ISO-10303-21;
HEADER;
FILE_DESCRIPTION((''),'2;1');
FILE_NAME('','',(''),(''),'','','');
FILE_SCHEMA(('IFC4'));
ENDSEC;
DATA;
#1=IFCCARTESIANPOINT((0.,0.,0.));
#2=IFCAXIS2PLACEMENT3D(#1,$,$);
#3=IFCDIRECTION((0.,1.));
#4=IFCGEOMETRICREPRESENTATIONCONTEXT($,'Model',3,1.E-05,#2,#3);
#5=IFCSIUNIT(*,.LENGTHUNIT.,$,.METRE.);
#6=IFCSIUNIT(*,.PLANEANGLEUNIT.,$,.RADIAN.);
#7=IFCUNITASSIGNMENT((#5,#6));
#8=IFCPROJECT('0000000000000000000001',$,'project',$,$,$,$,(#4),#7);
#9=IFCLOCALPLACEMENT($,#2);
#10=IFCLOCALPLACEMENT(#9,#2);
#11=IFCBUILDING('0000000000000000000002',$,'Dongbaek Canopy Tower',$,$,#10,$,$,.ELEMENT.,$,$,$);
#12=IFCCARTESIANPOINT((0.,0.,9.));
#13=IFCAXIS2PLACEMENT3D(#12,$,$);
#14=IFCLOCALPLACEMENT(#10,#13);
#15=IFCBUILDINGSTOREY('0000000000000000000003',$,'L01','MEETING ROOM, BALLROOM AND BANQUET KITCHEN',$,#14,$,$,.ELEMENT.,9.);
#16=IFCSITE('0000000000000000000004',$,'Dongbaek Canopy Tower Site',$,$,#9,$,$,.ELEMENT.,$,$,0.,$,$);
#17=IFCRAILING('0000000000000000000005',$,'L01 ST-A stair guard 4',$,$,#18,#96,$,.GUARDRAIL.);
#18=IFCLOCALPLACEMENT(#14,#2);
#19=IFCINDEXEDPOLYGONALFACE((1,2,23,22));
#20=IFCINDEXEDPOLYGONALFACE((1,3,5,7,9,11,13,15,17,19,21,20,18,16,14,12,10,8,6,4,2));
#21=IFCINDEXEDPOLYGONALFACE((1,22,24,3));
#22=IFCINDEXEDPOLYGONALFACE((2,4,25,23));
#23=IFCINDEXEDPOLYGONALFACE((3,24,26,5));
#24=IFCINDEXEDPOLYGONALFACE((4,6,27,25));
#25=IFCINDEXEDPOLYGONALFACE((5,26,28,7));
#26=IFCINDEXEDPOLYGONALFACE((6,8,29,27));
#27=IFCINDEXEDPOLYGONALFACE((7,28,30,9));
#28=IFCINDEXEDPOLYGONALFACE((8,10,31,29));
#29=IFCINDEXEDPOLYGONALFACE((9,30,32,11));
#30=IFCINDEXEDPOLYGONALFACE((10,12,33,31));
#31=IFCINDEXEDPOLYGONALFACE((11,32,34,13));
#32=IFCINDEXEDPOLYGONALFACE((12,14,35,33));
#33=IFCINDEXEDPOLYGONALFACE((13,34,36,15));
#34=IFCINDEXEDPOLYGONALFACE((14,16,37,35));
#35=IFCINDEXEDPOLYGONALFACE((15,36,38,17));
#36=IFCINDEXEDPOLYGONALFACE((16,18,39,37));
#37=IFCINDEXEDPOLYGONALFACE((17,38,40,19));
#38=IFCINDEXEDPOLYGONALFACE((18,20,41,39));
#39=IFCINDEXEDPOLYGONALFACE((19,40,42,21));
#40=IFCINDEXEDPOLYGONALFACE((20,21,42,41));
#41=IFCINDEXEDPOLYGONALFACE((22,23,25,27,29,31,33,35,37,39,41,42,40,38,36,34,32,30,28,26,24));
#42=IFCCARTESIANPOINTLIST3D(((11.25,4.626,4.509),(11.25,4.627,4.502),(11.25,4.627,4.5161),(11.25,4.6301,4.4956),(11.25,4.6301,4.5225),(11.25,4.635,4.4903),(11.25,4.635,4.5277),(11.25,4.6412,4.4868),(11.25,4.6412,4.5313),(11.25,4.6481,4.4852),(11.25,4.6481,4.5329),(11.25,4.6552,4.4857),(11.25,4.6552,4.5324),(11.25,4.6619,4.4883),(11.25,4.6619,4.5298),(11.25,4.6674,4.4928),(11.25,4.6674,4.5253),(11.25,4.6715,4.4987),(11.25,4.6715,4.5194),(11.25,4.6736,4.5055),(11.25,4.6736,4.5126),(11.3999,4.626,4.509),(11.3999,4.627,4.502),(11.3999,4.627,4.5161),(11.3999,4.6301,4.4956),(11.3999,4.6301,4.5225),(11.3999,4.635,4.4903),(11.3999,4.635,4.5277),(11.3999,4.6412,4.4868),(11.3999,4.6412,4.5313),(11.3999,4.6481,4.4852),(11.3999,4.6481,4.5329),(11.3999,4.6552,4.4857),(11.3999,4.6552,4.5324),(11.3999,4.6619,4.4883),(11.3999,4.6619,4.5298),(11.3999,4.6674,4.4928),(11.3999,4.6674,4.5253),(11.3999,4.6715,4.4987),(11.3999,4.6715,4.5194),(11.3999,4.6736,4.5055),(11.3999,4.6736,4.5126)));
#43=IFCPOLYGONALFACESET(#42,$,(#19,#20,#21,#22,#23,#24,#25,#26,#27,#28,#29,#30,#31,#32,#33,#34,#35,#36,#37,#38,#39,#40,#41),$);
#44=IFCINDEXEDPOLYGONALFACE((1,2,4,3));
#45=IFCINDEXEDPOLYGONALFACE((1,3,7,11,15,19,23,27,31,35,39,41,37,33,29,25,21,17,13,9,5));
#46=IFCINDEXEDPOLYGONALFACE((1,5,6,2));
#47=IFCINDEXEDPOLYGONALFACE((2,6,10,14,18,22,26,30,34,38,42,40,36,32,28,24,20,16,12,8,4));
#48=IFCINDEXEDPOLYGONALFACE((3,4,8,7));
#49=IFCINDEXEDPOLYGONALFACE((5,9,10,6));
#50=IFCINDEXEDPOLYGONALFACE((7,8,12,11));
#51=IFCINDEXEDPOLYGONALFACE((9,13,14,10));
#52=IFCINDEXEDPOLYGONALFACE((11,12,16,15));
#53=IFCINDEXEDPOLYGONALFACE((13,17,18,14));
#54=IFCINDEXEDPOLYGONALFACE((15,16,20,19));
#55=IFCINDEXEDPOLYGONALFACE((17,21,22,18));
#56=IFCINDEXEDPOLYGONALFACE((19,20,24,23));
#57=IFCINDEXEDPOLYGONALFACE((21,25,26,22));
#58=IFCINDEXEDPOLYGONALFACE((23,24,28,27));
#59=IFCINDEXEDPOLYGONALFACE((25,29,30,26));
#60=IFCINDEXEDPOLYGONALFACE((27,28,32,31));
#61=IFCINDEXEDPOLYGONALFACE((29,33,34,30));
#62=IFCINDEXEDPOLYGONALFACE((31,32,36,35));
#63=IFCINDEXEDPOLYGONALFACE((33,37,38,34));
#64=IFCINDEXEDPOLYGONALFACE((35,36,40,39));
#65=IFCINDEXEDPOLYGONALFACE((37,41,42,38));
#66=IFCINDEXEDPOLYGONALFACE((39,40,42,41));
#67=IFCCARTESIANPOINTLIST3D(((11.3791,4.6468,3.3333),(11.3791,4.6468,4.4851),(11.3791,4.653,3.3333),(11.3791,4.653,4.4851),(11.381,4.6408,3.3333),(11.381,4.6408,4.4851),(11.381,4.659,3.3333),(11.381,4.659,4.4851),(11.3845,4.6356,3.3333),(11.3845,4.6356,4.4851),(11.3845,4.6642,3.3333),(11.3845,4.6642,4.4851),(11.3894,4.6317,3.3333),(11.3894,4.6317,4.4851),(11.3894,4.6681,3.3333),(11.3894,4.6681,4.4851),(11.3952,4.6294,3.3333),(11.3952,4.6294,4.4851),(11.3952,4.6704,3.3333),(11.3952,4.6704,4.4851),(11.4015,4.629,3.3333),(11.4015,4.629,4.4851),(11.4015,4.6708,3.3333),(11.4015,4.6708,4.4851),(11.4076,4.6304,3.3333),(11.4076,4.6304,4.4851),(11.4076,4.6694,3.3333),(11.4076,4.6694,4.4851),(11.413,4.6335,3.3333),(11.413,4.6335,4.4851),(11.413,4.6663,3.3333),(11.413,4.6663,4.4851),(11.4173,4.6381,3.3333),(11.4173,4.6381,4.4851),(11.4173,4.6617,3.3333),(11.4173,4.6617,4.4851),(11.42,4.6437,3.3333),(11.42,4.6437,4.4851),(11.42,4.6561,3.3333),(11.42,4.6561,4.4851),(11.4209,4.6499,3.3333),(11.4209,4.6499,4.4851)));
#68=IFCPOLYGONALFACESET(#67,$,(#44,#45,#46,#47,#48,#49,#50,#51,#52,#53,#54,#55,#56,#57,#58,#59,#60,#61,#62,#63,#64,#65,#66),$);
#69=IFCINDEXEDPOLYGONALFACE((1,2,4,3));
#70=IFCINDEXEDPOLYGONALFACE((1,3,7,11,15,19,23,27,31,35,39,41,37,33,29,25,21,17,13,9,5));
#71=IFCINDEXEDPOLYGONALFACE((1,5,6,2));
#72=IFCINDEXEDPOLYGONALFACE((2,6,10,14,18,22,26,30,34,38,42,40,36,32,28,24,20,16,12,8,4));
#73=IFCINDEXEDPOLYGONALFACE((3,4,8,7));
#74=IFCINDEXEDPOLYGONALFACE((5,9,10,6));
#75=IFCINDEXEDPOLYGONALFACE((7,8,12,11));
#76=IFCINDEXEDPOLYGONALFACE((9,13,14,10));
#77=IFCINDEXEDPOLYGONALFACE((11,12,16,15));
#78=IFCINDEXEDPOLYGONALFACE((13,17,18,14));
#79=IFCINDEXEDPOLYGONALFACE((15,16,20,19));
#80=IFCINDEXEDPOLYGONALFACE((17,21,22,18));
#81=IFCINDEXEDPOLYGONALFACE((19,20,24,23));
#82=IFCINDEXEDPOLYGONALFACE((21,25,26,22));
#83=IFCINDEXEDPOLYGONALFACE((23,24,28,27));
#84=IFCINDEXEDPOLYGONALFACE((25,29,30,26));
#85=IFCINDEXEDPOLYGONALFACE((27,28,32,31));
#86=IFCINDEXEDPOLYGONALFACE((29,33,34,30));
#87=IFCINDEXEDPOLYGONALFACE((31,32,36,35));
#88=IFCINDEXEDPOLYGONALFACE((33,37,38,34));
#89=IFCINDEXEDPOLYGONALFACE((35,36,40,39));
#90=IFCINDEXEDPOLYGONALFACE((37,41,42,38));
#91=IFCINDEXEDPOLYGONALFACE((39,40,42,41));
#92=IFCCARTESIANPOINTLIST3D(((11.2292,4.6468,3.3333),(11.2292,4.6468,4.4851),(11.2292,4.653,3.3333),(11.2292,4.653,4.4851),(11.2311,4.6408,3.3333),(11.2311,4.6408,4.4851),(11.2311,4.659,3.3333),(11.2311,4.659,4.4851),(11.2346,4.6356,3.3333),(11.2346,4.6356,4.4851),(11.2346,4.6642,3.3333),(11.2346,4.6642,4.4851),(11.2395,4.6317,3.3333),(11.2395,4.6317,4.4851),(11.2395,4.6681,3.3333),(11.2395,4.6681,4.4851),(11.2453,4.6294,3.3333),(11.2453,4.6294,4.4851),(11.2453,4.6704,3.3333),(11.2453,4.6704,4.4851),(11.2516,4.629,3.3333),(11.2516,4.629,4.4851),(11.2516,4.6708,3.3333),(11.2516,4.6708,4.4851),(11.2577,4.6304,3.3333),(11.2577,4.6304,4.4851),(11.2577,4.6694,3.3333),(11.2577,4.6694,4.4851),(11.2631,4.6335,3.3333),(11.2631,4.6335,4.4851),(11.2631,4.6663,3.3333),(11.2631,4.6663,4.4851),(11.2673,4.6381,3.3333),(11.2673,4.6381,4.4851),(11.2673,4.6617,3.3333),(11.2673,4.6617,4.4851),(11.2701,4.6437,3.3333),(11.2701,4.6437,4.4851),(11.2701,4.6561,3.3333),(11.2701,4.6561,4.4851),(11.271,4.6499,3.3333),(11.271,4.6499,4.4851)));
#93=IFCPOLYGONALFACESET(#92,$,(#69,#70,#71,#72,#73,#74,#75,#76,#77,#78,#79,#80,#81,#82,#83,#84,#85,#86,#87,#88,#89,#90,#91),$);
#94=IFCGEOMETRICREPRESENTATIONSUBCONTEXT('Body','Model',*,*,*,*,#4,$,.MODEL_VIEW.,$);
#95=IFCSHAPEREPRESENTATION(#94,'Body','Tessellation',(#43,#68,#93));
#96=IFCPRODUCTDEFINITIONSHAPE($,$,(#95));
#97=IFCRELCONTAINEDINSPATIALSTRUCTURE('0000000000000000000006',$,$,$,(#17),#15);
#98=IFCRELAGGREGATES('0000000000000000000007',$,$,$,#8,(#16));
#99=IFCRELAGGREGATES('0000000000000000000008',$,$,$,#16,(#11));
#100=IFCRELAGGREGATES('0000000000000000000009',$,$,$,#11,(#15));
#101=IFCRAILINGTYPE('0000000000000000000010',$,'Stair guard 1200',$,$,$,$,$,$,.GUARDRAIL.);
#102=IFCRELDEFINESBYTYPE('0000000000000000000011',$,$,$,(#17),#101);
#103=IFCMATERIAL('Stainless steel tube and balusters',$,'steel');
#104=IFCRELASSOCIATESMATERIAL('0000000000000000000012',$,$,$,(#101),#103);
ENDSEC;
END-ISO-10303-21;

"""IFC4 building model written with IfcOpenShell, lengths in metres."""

from ifc_helpers import new_model, si_unit, direction, frame, origin, origin_2d, place, context, subcontext, project, spatial, circle, extrude, material, type_object, element, save


model = new_model("IFC4")

# Units and contexts
model_context = context("Model", 3, precision=1e-05, world=origin(), true_north=direction((0.0, 1.0)))
body_context = subcontext(model_context, "Body", "Model", "MODEL_VIEW")
ifc_project = project(units=[si_unit("LENGTHUNIT", "METRE"), si_unit("PLANEANGLEUNIT", "RADIAN")], contexts=[model_context])

# Site, building, storey
site_placement = place(None, origin())
site = spatial("IfcSite", under=ifc_project, at=site_placement, Name="Dongbaek Canopy Tower Site", CompositionType="ELEMENT", RefElevation=0.0)
building_placement = place(site_placement, origin())
building = spatial("IfcBuilding", under=site, at=building_placement, Name="Dongbaek Canopy Tower", CompositionType="ELEMENT")
storey_placement = place(building_placement, frame((0.0, 0.0, 9.0)))
storey = spatial("IfcBuildingStorey", under=building, at=storey_placement, Name="L01", Description="MEETING ROOM, BALLROOM AND BANQUET KITCHEN", CompositionType="ELEMENT", Elevation=9.0)

# Railing
ifc_material_1 = material(Name="Stainless steel tube and balusters", Category="steel")
railing_type_1 = type_object("IfcRailingType", Name="Stair guard 1200", PredefinedType="GUARDRAIL", material=ifc_material_1)
railing_1_placement = place(storey_placement, frame((11.3999, 4.6499, 3.3333)))
element("IfcRailing", 1, at=railing_1_placement, inside=storey, type_object=railing_type_1, Name="L01 ST-A stair guard 4", PredefinedType="GUARDRAIL", context=body_context, shape_type="SweptSolid", body=[
    extrude(circle(Radius=0.0239, at=origin_2d()), frame((0.0, 0.0, 1.1758), z_axis=(-1.0, 0.0, 0.0), x_axis=(0.0, -1.0, 0.0)), (0.0, 0.0, 1.0), 0.1499),
    extrude(circle(Radius=0.021, at=origin_2d()), origin(), (0.0, 0.0, 1.0), 1.1519),
    extrude(circle(Radius=0.021, at=origin_2d()), frame((-0.1499, 0.0, 0.0)), (0.0, 0.0, 1.0), 1.1519),
])

save(model, "model.ifc")
